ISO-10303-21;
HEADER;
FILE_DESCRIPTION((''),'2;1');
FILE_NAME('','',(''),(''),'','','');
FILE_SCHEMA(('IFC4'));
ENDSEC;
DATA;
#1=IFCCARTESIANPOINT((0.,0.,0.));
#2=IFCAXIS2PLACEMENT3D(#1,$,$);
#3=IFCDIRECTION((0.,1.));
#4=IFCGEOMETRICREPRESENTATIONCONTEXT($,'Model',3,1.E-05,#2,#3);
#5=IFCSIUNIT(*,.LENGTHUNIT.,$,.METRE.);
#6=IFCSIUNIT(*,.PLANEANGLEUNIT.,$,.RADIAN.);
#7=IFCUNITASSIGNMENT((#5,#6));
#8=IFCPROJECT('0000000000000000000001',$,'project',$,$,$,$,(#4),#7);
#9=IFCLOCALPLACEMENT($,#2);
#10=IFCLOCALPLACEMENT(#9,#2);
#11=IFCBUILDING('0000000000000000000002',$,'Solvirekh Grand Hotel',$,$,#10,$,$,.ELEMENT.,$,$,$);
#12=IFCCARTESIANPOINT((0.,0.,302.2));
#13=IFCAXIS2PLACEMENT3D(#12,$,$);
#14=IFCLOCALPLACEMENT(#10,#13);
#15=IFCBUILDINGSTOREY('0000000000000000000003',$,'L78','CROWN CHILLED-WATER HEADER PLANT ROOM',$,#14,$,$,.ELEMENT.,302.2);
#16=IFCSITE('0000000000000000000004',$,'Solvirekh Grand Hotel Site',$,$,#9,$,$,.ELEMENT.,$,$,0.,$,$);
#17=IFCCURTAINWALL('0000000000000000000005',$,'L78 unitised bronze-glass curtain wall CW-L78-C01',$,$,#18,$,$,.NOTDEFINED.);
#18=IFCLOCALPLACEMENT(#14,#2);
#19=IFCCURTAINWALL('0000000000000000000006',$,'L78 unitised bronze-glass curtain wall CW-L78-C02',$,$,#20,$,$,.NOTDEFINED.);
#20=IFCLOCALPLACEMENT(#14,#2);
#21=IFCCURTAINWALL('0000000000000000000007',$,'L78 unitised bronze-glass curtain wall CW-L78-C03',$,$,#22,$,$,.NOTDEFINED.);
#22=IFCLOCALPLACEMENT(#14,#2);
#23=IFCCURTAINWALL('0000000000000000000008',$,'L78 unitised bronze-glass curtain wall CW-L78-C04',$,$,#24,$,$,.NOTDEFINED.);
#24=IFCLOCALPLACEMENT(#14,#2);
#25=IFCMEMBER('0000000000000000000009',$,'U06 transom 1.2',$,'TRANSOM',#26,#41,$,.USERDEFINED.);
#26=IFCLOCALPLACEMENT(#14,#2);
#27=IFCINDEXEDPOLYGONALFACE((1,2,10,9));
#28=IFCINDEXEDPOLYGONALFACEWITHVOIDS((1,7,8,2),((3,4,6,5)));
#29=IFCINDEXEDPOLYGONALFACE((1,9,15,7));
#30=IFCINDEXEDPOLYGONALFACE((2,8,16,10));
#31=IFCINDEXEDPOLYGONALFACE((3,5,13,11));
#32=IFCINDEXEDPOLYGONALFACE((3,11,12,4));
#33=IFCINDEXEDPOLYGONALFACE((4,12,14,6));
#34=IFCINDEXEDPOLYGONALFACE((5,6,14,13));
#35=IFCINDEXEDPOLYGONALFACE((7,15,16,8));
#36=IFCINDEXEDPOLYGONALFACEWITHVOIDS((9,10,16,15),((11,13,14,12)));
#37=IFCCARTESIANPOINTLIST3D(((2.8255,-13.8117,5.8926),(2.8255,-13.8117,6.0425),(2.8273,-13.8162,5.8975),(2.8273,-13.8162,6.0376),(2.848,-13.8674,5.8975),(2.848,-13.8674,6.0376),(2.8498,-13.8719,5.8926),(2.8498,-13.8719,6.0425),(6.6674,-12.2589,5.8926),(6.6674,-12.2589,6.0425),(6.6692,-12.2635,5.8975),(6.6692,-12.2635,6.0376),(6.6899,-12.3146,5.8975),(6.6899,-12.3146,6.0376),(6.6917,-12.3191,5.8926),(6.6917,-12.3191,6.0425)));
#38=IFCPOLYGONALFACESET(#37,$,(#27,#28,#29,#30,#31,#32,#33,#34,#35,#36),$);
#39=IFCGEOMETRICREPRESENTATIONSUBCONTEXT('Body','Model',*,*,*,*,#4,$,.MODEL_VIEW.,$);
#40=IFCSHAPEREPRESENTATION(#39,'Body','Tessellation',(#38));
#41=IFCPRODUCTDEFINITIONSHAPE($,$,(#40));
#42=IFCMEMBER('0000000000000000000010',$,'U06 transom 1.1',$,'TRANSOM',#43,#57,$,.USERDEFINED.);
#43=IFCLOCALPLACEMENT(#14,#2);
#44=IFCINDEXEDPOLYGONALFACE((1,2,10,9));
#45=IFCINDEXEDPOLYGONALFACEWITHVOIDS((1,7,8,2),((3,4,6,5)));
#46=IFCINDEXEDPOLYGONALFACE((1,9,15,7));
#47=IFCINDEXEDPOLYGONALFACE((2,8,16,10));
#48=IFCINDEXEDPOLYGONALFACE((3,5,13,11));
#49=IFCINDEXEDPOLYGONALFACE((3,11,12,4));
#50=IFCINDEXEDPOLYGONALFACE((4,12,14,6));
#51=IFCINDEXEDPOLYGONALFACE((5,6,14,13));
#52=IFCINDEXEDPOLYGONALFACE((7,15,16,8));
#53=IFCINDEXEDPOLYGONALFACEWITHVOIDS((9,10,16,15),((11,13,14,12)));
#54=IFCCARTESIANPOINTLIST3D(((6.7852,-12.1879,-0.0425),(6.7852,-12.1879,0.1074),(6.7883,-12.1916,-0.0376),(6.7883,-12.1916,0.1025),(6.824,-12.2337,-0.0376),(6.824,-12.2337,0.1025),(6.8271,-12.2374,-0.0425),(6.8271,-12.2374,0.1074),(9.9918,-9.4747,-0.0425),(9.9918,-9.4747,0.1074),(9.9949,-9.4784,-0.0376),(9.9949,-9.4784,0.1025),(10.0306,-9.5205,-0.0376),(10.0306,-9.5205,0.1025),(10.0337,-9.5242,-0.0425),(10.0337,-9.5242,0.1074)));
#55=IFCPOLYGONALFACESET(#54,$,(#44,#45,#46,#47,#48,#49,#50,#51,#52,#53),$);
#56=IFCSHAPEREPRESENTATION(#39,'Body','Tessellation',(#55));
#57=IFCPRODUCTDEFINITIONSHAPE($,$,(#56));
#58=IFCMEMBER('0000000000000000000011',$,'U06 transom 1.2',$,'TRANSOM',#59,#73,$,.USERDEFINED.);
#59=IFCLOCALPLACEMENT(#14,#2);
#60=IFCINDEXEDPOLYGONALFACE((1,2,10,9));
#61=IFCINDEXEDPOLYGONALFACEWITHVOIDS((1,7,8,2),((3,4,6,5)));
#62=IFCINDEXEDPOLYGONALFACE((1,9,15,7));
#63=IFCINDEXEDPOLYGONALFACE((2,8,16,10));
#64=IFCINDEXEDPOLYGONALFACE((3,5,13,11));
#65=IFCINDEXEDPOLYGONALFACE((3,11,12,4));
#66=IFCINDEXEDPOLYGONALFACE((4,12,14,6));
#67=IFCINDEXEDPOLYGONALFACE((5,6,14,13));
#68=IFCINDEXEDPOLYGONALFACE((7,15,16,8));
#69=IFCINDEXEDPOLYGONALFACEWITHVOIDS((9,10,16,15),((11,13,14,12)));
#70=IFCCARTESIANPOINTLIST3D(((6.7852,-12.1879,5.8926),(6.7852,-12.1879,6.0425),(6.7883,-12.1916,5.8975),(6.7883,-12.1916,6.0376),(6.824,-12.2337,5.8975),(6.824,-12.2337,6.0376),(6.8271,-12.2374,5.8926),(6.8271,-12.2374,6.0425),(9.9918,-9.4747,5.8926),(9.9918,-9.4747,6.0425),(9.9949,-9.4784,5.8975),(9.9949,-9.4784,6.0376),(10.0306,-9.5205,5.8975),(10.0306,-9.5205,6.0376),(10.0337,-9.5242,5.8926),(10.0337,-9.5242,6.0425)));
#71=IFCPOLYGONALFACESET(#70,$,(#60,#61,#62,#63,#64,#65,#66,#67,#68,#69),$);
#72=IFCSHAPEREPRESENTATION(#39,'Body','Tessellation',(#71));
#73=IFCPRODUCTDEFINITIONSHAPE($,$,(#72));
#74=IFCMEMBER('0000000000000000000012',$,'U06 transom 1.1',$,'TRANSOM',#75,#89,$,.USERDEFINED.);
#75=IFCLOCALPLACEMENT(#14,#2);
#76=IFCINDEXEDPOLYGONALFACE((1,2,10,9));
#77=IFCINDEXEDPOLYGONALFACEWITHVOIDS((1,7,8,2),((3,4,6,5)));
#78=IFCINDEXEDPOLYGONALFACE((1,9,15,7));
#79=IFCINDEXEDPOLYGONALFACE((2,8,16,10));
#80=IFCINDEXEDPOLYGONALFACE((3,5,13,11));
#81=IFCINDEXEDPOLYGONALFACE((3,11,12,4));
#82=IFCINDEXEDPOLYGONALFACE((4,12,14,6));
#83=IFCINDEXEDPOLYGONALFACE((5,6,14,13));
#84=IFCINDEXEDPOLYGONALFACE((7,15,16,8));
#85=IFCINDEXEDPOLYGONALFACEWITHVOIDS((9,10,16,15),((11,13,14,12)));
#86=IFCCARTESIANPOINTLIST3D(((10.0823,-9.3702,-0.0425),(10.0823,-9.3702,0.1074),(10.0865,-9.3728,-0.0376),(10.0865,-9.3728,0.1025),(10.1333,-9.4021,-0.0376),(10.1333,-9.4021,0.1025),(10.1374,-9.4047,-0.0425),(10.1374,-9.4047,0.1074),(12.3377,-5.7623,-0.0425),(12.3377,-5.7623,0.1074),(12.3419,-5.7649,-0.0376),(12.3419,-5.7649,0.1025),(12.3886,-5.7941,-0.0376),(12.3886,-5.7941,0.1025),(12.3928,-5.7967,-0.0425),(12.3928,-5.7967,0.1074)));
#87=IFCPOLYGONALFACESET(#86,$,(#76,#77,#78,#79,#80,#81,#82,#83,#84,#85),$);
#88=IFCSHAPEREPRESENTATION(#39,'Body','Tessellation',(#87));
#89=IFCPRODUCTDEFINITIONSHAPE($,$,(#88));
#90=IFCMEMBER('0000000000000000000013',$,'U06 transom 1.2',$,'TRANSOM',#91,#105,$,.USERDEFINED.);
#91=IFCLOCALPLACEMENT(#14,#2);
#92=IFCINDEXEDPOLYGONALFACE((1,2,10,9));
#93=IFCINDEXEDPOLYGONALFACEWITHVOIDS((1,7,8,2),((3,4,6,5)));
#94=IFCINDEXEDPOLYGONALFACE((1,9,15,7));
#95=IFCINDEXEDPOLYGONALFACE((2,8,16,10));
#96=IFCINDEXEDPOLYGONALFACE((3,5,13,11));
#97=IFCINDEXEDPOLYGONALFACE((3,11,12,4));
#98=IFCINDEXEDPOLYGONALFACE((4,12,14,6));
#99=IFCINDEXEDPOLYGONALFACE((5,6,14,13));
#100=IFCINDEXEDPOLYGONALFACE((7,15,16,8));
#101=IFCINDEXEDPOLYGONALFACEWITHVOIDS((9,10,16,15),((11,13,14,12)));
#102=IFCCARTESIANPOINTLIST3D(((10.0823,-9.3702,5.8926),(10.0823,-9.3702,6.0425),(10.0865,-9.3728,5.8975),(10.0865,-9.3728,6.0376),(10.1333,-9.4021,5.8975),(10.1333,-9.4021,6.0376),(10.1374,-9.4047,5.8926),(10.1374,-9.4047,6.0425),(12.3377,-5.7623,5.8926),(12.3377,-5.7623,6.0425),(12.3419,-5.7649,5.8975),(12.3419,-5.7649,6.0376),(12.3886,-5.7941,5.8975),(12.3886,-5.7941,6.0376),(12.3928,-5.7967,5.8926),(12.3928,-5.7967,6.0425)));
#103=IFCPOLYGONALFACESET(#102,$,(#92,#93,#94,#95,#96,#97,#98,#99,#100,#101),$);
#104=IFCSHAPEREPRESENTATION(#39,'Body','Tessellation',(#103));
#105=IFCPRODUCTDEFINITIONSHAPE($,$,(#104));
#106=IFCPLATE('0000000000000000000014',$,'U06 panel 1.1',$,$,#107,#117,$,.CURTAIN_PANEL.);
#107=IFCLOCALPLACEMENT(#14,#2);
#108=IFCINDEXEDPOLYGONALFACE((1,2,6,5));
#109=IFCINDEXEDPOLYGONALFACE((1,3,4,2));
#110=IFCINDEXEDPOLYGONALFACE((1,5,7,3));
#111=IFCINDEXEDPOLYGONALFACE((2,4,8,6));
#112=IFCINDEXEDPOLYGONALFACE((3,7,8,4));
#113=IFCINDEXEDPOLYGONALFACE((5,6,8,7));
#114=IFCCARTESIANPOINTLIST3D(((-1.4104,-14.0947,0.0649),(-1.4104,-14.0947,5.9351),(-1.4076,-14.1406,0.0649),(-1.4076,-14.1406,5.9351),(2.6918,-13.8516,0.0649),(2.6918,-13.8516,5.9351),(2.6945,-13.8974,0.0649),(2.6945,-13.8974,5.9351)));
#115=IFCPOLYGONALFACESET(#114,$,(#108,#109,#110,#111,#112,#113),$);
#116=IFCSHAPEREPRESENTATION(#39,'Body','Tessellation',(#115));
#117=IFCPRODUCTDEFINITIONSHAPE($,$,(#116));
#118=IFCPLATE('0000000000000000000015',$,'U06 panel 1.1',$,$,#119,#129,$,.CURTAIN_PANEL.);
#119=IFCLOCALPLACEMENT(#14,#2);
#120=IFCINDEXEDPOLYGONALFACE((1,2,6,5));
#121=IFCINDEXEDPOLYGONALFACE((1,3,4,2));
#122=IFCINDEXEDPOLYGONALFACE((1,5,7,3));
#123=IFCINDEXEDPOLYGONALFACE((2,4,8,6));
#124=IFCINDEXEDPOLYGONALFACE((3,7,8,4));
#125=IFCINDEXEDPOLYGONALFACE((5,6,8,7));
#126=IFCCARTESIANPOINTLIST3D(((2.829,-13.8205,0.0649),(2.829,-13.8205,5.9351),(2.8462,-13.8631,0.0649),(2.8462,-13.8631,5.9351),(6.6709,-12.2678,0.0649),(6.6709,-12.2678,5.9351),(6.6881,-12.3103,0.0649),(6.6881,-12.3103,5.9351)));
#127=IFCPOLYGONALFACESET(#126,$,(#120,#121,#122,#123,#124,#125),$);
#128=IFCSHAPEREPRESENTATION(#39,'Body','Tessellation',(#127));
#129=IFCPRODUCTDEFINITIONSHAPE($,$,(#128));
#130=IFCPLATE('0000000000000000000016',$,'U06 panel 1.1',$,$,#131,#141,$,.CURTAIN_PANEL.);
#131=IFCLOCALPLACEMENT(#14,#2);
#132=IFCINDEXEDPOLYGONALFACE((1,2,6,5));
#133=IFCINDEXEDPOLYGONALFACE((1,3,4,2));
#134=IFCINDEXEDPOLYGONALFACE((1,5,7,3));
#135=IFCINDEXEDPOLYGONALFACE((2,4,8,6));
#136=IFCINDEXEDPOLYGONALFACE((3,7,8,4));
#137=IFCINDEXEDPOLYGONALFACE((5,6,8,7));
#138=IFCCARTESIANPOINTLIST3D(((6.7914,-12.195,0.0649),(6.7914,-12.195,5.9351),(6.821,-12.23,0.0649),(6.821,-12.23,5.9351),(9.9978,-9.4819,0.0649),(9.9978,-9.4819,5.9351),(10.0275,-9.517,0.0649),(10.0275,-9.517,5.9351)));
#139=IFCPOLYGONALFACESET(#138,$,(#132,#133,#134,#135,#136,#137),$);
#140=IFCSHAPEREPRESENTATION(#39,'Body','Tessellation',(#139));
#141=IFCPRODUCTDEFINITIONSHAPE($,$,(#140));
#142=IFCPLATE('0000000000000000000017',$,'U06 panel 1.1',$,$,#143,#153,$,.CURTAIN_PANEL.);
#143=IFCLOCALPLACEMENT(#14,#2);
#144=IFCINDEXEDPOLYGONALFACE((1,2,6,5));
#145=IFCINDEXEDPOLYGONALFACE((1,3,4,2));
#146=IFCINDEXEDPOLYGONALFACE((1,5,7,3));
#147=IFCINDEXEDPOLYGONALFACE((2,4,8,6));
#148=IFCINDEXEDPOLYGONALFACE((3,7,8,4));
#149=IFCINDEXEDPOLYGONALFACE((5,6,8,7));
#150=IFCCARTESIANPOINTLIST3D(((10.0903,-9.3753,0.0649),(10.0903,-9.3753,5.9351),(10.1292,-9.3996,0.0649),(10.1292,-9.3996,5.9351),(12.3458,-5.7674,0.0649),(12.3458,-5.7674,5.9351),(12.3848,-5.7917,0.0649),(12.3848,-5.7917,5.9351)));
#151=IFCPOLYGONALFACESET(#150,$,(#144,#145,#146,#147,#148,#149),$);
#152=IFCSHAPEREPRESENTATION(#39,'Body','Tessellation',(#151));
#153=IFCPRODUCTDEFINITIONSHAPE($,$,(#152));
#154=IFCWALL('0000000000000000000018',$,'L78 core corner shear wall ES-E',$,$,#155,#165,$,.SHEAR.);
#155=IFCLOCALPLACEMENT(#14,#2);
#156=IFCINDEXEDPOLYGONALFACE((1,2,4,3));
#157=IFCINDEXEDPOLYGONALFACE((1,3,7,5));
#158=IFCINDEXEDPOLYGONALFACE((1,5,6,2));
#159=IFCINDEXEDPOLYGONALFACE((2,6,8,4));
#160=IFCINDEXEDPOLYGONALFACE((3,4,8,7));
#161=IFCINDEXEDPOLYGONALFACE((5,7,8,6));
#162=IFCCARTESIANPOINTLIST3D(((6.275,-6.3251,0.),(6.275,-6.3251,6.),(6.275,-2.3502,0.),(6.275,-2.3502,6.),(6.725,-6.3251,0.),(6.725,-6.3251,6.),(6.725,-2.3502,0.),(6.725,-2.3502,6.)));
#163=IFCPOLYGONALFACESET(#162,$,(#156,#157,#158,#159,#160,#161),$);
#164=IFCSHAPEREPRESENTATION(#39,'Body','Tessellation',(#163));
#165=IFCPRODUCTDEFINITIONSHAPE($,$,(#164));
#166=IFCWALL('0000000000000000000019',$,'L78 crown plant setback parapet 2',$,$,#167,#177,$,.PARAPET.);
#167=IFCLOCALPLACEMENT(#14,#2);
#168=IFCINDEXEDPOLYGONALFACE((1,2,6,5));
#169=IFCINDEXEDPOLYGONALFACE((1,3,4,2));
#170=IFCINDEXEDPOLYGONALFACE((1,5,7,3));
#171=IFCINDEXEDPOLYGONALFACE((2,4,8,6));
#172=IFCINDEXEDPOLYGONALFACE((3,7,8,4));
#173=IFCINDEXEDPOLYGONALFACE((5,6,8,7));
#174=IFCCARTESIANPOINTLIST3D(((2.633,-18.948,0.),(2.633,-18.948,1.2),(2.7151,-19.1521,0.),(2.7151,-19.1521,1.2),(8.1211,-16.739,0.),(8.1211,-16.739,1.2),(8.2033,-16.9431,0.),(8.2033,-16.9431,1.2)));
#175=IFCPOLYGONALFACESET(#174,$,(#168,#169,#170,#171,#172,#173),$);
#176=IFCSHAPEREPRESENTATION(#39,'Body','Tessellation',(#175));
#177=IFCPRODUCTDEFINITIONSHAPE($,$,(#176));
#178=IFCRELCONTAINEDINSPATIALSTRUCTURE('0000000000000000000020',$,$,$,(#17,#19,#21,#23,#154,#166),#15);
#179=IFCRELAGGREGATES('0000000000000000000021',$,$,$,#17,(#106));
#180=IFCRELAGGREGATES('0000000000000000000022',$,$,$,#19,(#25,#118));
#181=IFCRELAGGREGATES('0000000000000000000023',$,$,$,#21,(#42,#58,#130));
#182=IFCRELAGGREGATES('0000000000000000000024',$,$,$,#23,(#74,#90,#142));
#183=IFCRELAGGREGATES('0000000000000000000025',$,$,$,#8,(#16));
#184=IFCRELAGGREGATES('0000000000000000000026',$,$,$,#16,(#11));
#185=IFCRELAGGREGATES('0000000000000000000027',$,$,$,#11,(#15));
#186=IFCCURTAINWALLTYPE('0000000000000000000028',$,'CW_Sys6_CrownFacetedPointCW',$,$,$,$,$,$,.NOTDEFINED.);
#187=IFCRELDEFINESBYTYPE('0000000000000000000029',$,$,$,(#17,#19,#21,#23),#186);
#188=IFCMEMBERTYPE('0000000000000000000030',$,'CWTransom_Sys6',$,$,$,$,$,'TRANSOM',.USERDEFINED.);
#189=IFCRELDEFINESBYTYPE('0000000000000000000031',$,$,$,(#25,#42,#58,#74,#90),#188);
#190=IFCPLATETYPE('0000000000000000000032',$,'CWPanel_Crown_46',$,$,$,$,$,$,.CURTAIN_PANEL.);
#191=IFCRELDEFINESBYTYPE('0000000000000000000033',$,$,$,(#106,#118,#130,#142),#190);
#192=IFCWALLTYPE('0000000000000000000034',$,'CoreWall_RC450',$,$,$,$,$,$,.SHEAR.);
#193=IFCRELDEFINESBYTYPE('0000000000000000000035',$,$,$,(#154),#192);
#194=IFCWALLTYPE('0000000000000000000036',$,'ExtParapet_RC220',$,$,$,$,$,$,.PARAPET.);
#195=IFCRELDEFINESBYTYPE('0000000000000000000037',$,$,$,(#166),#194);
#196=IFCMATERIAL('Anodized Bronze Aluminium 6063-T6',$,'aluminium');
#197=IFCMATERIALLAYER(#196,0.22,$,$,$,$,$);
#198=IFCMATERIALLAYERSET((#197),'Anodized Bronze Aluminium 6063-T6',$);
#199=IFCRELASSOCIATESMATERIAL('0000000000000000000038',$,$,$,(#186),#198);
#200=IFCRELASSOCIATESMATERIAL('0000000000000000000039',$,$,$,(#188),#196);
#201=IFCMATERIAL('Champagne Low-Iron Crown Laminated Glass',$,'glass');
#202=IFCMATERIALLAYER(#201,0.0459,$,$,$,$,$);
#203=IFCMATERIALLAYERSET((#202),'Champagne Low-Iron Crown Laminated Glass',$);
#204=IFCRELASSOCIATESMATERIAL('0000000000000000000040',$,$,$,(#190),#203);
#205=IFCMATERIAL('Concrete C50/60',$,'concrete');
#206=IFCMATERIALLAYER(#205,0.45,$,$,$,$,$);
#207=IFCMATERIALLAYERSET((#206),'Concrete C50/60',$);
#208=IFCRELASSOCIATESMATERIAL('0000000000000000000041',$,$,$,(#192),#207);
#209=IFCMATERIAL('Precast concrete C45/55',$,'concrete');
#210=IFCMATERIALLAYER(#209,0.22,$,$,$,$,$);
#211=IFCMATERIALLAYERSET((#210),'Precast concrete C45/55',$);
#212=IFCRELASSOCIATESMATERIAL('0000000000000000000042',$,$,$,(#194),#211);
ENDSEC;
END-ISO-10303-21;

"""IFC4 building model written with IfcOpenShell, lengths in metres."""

from ifc_helpers import new_model, si_unit, direction, frame, frame_2d, origin, origin_2d, place, context, subcontext, project, spatial, rectangle, hollow_rectangle, extrude, source, transform, mapped, material, layer, layer_set, material_profile, profile_set, type_object, element, aggregate, save


model = new_model("IFC4")

# Units and contexts
model_context = context("Model", 3, precision=1e-05, world=origin(), true_north=direction((0.0, 1.0)))
body_context = subcontext(model_context, "Body", "Model", "MODEL_VIEW")
ifc_project = project(units=[si_unit("LENGTHUNIT", "METRE"), si_unit("PLANEANGLEUNIT", "RADIAN")], contexts=[model_context])

# Site, building, storey
site_placement = place(None, origin())
site = spatial("IfcSite", under=ifc_project, at=site_placement, Name="Solvirekh Grand Hotel Site", CompositionType="ELEMENT", RefElevation=0.0)
building_placement = place(site_placement, origin())
building = spatial("IfcBuilding", under=site, at=building_placement, Name="Solvirekh Grand Hotel", CompositionType="ELEMENT")
storey_placement = place(building_placement, frame((0.0, 0.0, 302.2)))
storey = spatial("IfcBuildingStorey", under=building, at=storey_placement, Name="L78", Description="CROWN CHILLED-WATER HEADER PLANT ROOM", CompositionType="ELEMENT", Elevation=302.2)

# Curtain wall
ifc_material_1 = material(Name="Anodized Bronze Aluminium 6063-T6", Category="aluminium")
ifc_layer_1 = layer(ifc_material_1, 0.22)
ifc_layer_set_1 = layer_set([ifc_layer_1], Name="Anodized Bronze Aluminium 6063-T6")
curtain_wall_type = type_object("IfcCurtainWallType", Name="CW_Sys6_CrownFacetedPointCW", PredefinedType="NOTDEFINED", material=ifc_layer_set_1)
curtain_wall_1_placement = place(storey_placement, origin())
curtain_wall_1 = element("IfcCurtainWall", 1, at=curtain_wall_1_placement, inside=storey, type_object=curtain_wall_type, Name="L78 unitised bronze-glass curtain wall CW-L78-C01", PredefinedType="NOTDEFINED")

# Curtain walls
curtain_wall_2_placement = place(storey_placement, origin())
curtain_wall_2 = element("IfcCurtainWall", 2, at=curtain_wall_2_placement, inside=storey, type_object=curtain_wall_type, Name="L78 unitised bronze-glass curtain wall CW-L78-C02", PredefinedType="NOTDEFINED")
curtain_wall_3_placement = place(storey_placement, origin())
curtain_wall_3 = element("IfcCurtainWall", 3, at=curtain_wall_3_placement, inside=storey, type_object=curtain_wall_type, Name="L78 unitised bronze-glass curtain wall CW-L78-C03", PredefinedType="NOTDEFINED")

# Curtain wall
curtain_wall_4_placement = place(storey_placement, origin())
curtain_wall_4 = element("IfcCurtainWall", 4, at=curtain_wall_4_placement, inside=storey, type_object=curtain_wall_type, Name="L78 unitised bronze-glass curtain wall CW-L78-C04", PredefinedType="NOTDEFINED")

# Members
ifc_material_profile_1 = material_profile(ifc_material_1, hollow_rectangle(XDim=0.0649, YDim=0.1499, WallThickness=0.0049, at=origin_2d()), Name="ALU RHS 150X65X5")
ifc_profile_set_1 = profile_set([ifc_material_profile_1], Name="Anodized Bronze Aluminium 6063-T6")
member_type_1 = type_object("IfcMemberType", Name="CWTransom_Sys6", ElementType="TRANSOM", PredefinedType="USERDEFINED", material=ifc_profile_set_1)
shared_shape_1 = source(origin(), body_context, "Body", "SweptSolid", [
    extrude(hollow_rectangle(XDim=0.0649, YDim=0.1499, WallThickness=0.0049, at=origin_2d()), origin(), (0.0, 0.0, 1.0), 4.1438),
])
member_1_placement = place(storey_placement, frame((2.8376, -13.8418, 5.9675), z_axis=(0.927138, 0.37472, 0.0), x_axis=(-0.37472, 0.927138, 0.0)))
member_1 = element("IfcMember", 5, at=member_1_placement, type_object=member_type_1, Name="U06 transom 1.2", ObjectType="TRANSOM", PredefinedType="USERDEFINED", context=body_context, shape_type="MappedRepresentation", body=[
    mapped(shared_shape_1, transform((0.0, 0.0, 0.0), x_axis=(1.0, 0.0, 0.0), y_axis=(0.0, 1.0, 0.0), z_axis=(0.0, 0.0, 1.0), scale=1.0)),
])
shared_shape_2 = source(origin(), body_context, "Body", "SweptSolid", [
    extrude(hollow_rectangle(XDim=0.0649, YDim=0.1499, WallThickness=0.0049, at=origin_2d()), origin(), (0.0, 0.0, 1.0), 4.2004),
])
member_2_placement = place(storey_placement, frame((6.8062, -12.2126, 0.0325), z_axis=(0.763397, 0.645929, 0.0), x_axis=(-0.645929, 0.763397, 0.0)))
member_2 = element("IfcMember", 6, at=member_2_placement, type_object=member_type_1, Name="U06 transom 1.1", ObjectType="TRANSOM", PredefinedType="USERDEFINED", context=body_context, shape_type="MappedRepresentation", body=[
    mapped(shared_shape_2, transform((0.0, 0.0, 0.0), x_axis=(1.0, 0.0, 0.0), y_axis=(0.0, 1.0, 0.0), z_axis=(0.0, 0.0, 1.0), scale=1.0)),
])
member_3_placement = place(storey_placement, frame((6.8062, -12.2126, 5.9675), z_axis=(0.763397, 0.645929, 0.0), x_axis=(-0.645929, 0.763397, 0.0)))
member_3 = element("IfcMember", 7, at=member_3_placement, type_object=member_type_1, Name="U06 transom 1.2", ObjectType="TRANSOM", PredefinedType="USERDEFINED", context=body_context, shape_type="MappedRepresentation", body=[
    mapped(shared_shape_2, transform((0.0, 0.0, 0.0), x_axis=(1.0, 0.0, 0.0), y_axis=(0.0, 1.0, 0.0), z_axis=(0.0, 0.0, 1.0), scale=1.0)),
])
shared_shape_3 = source(origin(), body_context, "Body", "SweptSolid", [
    extrude(hollow_rectangle(XDim=0.0649, YDim=0.1499, WallThickness=0.0049, at=origin_2d()), origin(), (0.0, 0.0, 1.0), 4.2549),
])
member_4_placement = place(storey_placement, frame((10.1099, -9.3875, 0.0325), z_axis=(0.530071, 0.847953, 0.0), x_axis=(-0.847953, 0.530071, 0.0)))
member_4 = element("IfcMember", 8, at=member_4_placement, type_object=member_type_1, Name="U06 transom 1.1", ObjectType="TRANSOM", PredefinedType="USERDEFINED", context=body_context, shape_type="MappedRepresentation", body=[
    mapped(shared_shape_3, transform((0.0, 0.0, 0.0), x_axis=(1.0, 0.0, 0.0), y_axis=(0.0, 1.0, 0.0), z_axis=(0.0, 0.0, 1.0), scale=1.0)),
])
member_5_placement = place(storey_placement, frame((10.1099, -9.3875, 5.9675), z_axis=(0.530071, 0.847953, 0.0), x_axis=(-0.847953, 0.530071, 0.0)))
member_5 = element("IfcMember", 9, at=member_5_placement, type_object=member_type_1, Name="U06 transom 1.2", ObjectType="TRANSOM", PredefinedType="USERDEFINED", context=body_context, shape_type="MappedRepresentation", body=[
    mapped(shared_shape_3, transform((0.0, 0.0, 0.0), x_axis=(1.0, 0.0, 0.0), y_axis=(0.0, 1.0, 0.0), z_axis=(0.0, 0.0, 1.0), scale=1.0)),
])

# Plates
ifc_material_2 = material(Name="Champagne Low-Iron Crown Laminated Glass", Category="glass")
ifc_layer_2 = layer(ifc_material_2, 0.0459)
ifc_layer_set_2 = layer_set([ifc_layer_2], Name="Champagne Low-Iron Crown Laminated Glass")
plate_type = type_object("IfcPlateType", Name="CWPanel_Crown_46", PredefinedType="CURTAIN_PANEL", material=ifc_layer_set_2)
shared_shape_4 = source(origin(), body_context, "Body", "SweptSolid", [
    extrude(rectangle(XDim=4.1094, YDim=0.0459, at=origin_2d()), origin(), (0.0, 0.0, 1.0), 5.8701),
])
plate_1_placement = place(storey_placement, frame((0.6421, -13.9961, 0.0649), z_axis=(0.0, 0.0, 1.0), x_axis=(0.998248, 0.059162, 0.0)))
plate_1 = element("IfcPlate", 10, at=plate_1_placement, type_object=plate_type, Name="U06 panel 1.1", PredefinedType="CURTAIN_PANEL", context=body_context, shape_type="MappedRepresentation", body=[
    mapped(shared_shape_4, transform((0.0, 0.0, 0.0), x_axis=(1.0, 0.0, 0.0), y_axis=(0.0, 1.0, 0.0), z_axis=(0.0, 0.0, 1.0), scale=1.0)),
])
aggregate(curtain_wall_1, [plate_1])
shared_shape_5 = source(origin(), body_context, "Body", "SweptSolid", [
    extrude(rectangle(XDim=4.1438, YDim=0.0459, at=origin_2d()), origin(), (0.0, 0.0, 1.0), 5.8701),
])
plate_2_placement = place(storey_placement, frame((4.7585, -13.0654, 0.0649), z_axis=(0.0, 0.0, 1.0), x_axis=(0.927138, 0.374721, 0.0)))
plate_2 = element("IfcPlate", 11, at=plate_2_placement, type_object=plate_type, Name="U06 panel 1.1", PredefinedType="CURTAIN_PANEL", context=body_context, shape_type="MappedRepresentation", body=[
    mapped(shared_shape_5, transform((0.0, 0.0, 0.0), x_axis=(1.0, 0.0, 0.0), y_axis=(0.0, 1.0, 0.0), z_axis=(0.0, 0.0, 1.0), scale=1.0)),
])
aggregate(curtain_wall_2, [member_1, plate_2])
shared_shape_6 = source(origin(), body_context, "Body", "SweptSolid", [
    extrude(rectangle(XDim=4.2002, YDim=0.0459, at=origin_2d()), origin(), (0.0, 0.0, 1.0), 5.8701),
])
plate_3_placement = place(storey_placement, frame((8.4094, -10.856, 0.0649), z_axis=(0.0, 0.0, 1.0), x_axis=(0.763395, 0.645932, 0.0)))
plate_3 = element("IfcPlate", 12, at=plate_3_placement, type_object=plate_type, Name="U06 panel 1.1", PredefinedType="CURTAIN_PANEL", context=body_context, shape_type="MappedRepresentation", body=[
    mapped(shared_shape_6, transform((0.0, 0.0, 0.0), x_axis=(1.0, 0.0, 0.0), y_axis=(0.0, 1.0, 0.0), z_axis=(0.0, 0.0, 1.0), scale=1.0)),
])
aggregate(curtain_wall_3, [member_2, member_3, plate_3])
shared_shape_7 = source(origin(), body_context, "Body", "SweptSolid", [
    extrude(rectangle(XDim=4.2549, YDim=0.0459, at=origin_2d()), origin(), (0.0, 0.0, 1.0), 5.8701),
])
plate_4_placement = place(storey_placement, frame((11.2375, -7.5835, 0.0649), z_axis=(0.0, 0.0, 1.0), x_axis=(0.530101, 0.847935, 0.0)))
plate_4 = element("IfcPlate", 13, at=plate_4_placement, type_object=plate_type, Name="U06 panel 1.1", PredefinedType="CURTAIN_PANEL", context=body_context, shape_type="MappedRepresentation", body=[
    mapped(shared_shape_7, transform((0.0, 0.0, 0.0), x_axis=(1.0, 0.0, 0.0), y_axis=(0.0, 1.0, 0.0), z_axis=(0.0, 0.0, 1.0), scale=1.0)),
])
aggregate(curtain_wall_4, [member_4, member_5, plate_4])

# Walls
ifc_material_3 = material(Name="Concrete C50/60", Category="concrete")
ifc_layer_3 = layer(ifc_material_3, 0.45)
ifc_layer_set_3 = layer_set([ifc_layer_3], Name="Concrete C50/60")
wall_type_1 = type_object("IfcWallType", Name="CoreWall_RC450", PredefinedType="SHEAR", material=ifc_layer_set_3)
wall_1_placement = place(storey_placement, frame((6.5, -6.325, 0.0), z_axis=(0.0, 0.0, 1.0), x_axis=(0.0, 1.0, 0.0)))
element("IfcWall", 14, at=wall_1_placement, inside=storey, type_object=wall_type_1, Name="L78 core corner shear wall ES-E", PredefinedType="SHEAR", context=body_context, shape_type="SweptSolid", body=[
    extrude(rectangle(XDim=3.9749, YDim=0.45, at=frame_2d((1.9873, 0.0))), origin(), (0.0, 0.0, 1.0), 6.0),
])
ifc_material_4 = material(Name="Precast concrete C45/55", Category="concrete")
ifc_layer_4 = layer(ifc_material_4, 0.22)
ifc_layer_set_4 = layer_set([ifc_layer_4], Name="Precast concrete C45/55")
wall_type_2 = type_object("IfcWallType", Name="ExtParapet_RC220", PredefinedType="PARAPET", material=ifc_layer_set_4)
wall_2_placement = place(storey_placement, frame((2.6741, -19.05, 0.0), z_axis=(0.0, 0.0, 1.0), x_axis=(0.927672, 0.373396, 0.0)))
element("IfcWall", 15, at=wall_2_placement, inside=storey, type_object=wall_type_2, Name="L78 crown plant setback parapet 2", PredefinedType="PARAPET", context=body_context, shape_type="SweptSolid", body=[
    extrude(rectangle(XDim=5.916, YDim=0.22, at=frame_2d((2.958, 0.0))), origin(), (0.0, 0.0, 1.0), 1.2),
])

save(model, "model.ifc")
